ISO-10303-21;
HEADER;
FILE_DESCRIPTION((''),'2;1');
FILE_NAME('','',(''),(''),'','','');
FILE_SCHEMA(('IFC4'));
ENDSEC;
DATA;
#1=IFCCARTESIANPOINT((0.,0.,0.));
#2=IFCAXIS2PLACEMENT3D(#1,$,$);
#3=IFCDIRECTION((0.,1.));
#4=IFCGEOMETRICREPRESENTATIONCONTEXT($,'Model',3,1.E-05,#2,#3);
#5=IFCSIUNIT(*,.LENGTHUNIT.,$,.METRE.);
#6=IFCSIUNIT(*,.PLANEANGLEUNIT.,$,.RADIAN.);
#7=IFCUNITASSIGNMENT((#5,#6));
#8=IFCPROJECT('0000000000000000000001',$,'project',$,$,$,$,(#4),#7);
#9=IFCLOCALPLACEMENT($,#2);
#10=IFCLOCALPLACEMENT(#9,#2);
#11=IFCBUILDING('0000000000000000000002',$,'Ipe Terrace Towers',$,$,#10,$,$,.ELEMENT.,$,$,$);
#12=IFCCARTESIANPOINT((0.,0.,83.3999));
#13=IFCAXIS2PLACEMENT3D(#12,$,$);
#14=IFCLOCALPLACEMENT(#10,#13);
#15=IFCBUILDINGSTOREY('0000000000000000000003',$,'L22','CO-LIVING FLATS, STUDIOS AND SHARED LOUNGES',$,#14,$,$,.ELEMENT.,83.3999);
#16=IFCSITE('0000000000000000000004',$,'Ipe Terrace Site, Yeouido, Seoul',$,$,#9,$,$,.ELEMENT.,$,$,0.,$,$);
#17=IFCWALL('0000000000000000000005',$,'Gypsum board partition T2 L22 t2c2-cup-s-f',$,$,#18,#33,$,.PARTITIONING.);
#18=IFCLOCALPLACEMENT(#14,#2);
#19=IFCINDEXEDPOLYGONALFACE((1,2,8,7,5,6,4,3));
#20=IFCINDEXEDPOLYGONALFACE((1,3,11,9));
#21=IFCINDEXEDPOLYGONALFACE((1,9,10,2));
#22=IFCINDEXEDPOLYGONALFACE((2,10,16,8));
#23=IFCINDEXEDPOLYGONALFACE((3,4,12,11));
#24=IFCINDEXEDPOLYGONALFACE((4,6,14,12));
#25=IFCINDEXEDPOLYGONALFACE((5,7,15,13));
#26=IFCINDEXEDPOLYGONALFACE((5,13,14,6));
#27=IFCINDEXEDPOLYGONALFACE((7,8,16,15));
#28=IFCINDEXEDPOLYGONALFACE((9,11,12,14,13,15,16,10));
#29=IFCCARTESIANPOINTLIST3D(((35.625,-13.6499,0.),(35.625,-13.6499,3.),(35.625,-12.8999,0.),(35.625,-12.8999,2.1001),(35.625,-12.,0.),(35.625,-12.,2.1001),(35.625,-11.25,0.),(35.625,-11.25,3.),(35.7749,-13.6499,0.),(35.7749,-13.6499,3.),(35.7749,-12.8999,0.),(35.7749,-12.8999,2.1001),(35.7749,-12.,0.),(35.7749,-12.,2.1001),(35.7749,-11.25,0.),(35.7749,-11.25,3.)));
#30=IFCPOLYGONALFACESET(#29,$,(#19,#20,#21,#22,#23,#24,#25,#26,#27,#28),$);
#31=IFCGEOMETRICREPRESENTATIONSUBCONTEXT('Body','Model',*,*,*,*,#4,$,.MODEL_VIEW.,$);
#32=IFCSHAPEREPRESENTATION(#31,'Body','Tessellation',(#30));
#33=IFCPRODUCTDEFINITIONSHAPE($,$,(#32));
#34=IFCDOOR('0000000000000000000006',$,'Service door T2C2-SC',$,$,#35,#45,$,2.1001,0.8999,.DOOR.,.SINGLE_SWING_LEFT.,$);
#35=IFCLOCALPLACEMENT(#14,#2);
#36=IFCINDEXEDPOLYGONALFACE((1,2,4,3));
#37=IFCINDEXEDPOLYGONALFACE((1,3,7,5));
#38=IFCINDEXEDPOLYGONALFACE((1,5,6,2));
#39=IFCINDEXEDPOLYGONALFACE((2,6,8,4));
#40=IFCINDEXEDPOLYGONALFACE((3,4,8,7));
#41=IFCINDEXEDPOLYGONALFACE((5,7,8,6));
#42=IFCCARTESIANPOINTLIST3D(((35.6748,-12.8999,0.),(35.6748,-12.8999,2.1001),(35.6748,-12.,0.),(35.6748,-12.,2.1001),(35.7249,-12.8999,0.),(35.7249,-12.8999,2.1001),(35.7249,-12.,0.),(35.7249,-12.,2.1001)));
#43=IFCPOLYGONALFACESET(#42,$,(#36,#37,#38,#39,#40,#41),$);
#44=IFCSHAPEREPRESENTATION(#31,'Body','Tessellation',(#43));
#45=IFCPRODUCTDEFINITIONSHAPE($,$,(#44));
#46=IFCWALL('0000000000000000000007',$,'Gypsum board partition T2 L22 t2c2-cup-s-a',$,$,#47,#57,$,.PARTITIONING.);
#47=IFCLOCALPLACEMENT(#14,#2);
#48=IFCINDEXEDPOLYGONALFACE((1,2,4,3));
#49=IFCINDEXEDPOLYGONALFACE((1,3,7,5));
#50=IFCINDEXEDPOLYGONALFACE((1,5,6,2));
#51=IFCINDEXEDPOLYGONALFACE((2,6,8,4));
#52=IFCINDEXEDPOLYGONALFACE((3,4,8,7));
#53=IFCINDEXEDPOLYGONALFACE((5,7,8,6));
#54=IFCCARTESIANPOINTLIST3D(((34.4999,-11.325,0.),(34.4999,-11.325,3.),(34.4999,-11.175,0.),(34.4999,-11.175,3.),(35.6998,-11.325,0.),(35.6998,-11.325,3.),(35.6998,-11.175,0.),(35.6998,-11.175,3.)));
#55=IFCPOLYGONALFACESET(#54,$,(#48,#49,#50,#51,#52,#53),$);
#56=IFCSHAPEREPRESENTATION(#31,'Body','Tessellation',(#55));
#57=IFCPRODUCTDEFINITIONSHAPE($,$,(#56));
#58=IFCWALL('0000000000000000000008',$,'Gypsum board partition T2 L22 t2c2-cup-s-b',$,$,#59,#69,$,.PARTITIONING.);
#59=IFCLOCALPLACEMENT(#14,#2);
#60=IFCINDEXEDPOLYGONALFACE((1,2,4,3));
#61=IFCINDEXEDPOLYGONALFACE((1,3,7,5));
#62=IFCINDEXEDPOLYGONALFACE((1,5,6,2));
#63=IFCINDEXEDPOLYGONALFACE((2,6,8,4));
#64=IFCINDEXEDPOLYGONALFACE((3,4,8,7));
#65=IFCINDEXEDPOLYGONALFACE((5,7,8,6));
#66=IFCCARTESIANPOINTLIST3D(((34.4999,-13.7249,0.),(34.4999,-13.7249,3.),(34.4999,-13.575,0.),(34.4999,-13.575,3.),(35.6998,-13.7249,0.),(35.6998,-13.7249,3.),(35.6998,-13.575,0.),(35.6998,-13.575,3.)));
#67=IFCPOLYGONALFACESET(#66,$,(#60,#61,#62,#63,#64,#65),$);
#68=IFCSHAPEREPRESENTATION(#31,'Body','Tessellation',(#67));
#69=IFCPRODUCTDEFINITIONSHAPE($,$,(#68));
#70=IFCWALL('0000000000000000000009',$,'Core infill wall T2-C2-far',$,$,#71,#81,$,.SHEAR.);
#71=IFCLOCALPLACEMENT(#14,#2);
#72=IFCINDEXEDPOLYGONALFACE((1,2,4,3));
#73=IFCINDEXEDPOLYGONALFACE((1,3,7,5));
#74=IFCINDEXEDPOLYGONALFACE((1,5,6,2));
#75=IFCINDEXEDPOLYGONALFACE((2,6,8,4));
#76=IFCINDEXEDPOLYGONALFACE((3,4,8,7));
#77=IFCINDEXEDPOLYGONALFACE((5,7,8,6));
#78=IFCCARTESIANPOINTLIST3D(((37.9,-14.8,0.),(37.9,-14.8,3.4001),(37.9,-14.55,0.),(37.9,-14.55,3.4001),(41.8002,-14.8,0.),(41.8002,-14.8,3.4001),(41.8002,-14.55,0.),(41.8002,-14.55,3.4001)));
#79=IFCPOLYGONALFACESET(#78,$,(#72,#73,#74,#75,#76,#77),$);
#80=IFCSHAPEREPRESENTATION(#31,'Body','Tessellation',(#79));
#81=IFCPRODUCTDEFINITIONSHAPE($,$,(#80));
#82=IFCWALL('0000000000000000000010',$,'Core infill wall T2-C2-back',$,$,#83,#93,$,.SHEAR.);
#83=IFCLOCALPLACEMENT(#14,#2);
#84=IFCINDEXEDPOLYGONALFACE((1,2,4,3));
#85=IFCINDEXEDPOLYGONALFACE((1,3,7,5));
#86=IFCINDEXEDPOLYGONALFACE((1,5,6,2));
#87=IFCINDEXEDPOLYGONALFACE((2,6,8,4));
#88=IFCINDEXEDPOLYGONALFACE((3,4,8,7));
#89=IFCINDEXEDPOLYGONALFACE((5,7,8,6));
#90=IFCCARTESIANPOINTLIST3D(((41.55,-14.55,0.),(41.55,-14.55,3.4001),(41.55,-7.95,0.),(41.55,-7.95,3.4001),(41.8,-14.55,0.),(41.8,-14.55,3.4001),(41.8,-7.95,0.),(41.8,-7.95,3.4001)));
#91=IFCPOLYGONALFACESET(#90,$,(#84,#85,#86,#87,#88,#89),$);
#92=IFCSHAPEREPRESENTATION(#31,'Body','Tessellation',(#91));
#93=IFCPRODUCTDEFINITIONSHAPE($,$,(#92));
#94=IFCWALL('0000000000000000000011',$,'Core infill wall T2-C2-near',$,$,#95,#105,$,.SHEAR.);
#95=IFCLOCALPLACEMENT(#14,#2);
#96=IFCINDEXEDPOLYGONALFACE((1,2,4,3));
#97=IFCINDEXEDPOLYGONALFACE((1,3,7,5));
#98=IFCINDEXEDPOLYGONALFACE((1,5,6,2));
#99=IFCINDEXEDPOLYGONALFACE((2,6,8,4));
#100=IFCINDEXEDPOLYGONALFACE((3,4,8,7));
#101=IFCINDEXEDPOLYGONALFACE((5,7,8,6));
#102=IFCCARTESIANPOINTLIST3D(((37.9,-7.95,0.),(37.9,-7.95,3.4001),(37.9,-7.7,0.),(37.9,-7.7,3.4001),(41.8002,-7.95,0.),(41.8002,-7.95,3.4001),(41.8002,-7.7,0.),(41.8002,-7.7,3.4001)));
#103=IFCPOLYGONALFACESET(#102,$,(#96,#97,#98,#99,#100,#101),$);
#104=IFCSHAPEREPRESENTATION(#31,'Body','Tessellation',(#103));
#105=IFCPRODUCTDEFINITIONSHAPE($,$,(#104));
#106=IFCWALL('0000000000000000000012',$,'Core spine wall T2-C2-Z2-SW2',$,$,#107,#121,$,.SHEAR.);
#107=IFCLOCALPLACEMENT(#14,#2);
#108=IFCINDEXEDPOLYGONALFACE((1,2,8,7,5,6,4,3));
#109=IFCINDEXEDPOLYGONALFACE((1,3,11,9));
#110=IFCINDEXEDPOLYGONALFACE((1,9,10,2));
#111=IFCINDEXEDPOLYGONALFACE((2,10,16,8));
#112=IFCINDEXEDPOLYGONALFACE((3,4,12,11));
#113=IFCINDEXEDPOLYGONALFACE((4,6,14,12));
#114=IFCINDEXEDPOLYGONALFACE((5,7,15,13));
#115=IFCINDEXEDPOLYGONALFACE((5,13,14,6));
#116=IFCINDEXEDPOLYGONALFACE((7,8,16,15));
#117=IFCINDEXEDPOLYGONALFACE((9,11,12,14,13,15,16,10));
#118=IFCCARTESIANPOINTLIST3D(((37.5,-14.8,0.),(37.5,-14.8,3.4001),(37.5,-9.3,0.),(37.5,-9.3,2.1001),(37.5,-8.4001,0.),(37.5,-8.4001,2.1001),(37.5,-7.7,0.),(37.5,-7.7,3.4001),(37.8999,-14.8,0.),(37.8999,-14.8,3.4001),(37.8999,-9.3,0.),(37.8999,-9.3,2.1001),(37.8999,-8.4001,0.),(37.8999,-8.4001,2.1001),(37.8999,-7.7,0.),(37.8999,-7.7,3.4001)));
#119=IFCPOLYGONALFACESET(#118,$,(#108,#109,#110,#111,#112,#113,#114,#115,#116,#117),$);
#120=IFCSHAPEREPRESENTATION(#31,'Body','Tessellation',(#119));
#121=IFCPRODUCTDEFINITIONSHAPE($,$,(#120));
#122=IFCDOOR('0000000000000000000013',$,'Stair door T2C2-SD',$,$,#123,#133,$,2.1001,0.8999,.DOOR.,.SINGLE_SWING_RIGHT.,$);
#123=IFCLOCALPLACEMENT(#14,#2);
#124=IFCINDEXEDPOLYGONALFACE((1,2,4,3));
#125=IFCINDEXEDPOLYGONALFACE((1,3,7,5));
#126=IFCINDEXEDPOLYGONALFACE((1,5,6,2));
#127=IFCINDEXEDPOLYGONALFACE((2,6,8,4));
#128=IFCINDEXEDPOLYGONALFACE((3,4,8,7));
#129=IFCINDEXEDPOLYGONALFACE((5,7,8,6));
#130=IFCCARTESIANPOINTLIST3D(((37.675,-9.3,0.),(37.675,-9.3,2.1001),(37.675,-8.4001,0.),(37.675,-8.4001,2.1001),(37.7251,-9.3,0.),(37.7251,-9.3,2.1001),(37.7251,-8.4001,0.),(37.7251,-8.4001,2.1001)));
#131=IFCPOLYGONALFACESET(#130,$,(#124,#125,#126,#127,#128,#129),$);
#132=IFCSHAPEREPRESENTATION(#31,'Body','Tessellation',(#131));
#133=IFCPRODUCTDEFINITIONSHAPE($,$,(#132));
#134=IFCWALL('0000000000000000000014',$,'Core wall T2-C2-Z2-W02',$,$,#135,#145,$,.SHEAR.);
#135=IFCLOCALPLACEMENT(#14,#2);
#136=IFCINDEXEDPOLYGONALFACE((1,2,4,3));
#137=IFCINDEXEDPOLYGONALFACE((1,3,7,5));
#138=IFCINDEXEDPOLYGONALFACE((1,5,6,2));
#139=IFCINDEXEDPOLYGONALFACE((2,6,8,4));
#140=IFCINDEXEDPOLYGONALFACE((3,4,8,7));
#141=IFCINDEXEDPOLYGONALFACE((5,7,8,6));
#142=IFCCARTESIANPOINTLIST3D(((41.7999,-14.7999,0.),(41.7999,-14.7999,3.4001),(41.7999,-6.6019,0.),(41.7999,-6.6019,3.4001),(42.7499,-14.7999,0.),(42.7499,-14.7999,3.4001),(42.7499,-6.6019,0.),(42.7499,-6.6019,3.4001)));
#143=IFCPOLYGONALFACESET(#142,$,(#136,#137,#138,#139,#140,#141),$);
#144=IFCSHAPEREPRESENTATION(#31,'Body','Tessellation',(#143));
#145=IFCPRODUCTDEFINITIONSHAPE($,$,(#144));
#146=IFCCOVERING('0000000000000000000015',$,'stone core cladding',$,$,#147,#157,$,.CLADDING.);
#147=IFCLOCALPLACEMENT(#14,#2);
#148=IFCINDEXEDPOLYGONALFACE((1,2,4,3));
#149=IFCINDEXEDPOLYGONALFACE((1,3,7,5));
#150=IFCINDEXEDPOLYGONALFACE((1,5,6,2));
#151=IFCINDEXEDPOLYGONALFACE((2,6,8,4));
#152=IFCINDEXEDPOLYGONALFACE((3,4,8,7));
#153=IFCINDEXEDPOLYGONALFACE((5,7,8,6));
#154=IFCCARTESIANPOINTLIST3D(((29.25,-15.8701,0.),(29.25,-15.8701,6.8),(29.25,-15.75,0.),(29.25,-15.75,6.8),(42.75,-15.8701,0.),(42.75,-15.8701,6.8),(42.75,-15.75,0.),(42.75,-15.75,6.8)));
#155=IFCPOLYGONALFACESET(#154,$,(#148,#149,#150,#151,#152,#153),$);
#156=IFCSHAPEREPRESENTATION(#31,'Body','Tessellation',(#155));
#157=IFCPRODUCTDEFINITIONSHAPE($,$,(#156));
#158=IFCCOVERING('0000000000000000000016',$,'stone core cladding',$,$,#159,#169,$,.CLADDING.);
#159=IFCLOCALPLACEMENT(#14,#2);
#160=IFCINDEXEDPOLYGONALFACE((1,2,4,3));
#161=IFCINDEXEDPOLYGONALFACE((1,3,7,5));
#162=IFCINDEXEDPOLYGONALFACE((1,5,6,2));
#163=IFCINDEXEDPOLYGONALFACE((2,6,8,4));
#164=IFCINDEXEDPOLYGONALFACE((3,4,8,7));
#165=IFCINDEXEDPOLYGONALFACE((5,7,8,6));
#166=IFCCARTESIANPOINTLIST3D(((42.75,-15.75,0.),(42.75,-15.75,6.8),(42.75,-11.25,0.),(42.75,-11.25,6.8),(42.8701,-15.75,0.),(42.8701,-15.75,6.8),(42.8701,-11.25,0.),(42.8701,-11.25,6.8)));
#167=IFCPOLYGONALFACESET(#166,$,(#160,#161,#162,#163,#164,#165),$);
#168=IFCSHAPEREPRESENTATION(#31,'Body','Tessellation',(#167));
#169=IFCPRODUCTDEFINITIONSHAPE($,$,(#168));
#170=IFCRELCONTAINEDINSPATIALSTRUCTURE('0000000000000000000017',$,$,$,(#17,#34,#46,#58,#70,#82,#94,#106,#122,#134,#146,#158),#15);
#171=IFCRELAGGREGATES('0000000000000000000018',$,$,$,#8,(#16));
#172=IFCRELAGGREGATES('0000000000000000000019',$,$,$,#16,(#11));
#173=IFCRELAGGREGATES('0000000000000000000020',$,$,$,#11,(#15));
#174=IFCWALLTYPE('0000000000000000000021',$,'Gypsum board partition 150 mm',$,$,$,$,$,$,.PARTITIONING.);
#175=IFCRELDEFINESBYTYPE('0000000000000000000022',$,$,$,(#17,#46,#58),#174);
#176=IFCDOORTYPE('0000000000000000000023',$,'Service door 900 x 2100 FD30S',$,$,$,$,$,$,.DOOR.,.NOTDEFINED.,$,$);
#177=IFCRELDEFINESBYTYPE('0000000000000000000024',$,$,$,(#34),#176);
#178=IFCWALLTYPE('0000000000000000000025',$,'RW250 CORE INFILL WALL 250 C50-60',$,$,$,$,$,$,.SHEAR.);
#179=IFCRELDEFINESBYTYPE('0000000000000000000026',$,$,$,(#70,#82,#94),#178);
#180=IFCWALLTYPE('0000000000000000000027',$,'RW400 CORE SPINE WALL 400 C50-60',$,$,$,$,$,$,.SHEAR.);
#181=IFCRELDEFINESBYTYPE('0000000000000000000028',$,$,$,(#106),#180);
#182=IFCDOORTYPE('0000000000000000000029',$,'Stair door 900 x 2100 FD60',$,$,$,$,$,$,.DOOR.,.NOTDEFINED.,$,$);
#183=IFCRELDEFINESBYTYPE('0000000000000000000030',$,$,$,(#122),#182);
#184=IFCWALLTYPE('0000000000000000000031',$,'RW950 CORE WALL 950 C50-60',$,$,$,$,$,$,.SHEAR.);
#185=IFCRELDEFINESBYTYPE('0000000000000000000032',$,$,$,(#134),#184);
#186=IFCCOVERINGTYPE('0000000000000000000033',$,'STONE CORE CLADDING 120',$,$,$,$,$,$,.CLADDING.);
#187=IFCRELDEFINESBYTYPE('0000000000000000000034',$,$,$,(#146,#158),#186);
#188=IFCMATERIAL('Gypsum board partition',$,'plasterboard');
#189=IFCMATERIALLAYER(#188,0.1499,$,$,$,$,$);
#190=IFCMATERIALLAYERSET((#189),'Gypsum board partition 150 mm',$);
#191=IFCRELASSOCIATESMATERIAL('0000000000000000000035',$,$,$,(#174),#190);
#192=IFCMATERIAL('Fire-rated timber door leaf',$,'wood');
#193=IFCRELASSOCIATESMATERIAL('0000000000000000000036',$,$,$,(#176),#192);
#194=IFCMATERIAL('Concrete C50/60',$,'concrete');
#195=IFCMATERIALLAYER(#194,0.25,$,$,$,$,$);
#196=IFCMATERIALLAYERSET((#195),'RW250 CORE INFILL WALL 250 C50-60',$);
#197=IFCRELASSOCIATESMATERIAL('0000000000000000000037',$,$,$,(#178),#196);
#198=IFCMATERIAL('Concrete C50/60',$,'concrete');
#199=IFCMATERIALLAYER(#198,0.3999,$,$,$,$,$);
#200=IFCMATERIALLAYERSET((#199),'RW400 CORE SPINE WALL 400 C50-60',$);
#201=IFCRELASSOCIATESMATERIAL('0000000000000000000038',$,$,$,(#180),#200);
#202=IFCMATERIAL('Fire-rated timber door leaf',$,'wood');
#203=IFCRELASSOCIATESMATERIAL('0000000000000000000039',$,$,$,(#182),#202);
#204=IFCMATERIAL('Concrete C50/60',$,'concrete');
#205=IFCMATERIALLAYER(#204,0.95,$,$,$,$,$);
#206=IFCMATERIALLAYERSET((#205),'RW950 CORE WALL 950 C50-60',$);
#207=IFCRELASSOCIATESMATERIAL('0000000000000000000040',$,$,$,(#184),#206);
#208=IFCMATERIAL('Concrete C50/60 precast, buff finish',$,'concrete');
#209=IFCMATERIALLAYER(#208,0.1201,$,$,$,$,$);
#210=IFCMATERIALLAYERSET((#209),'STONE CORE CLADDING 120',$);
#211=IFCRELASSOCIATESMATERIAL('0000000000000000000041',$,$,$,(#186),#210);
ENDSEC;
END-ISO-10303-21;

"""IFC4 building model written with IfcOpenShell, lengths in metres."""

from ifc_helpers import new_model, si_unit, direction, frame, frame_2d, origin, origin_2d, place, context, subcontext, project, spatial, rectangle, extrude, material, layer, layer_set, type_object, element, fill, save


model = new_model("IFC4")

# Units and contexts
model_context = context("Model", 3, precision=1e-05, world=origin(), true_north=direction((0.0, 1.0)))
body_context = subcontext(model_context, "Body", "Model", "MODEL_VIEW")
ifc_project = project(units=[si_unit("LENGTHUNIT", "METRE"), si_unit("PLANEANGLEUNIT", "RADIAN")], contexts=[model_context])

# Site, building, storey
site_placement = place(None, origin())
site = spatial("IfcSite", under=ifc_project, at=site_placement, Name="Ipe Terrace Site, Yeouido, Seoul", CompositionType="ELEMENT", RefElevation=0.0)
building_placement = place(site_placement, origin())
building = spatial("IfcBuilding", under=site, at=building_placement, Name="Ipe Terrace Towers", CompositionType="ELEMENT")
storey_placement = place(building_placement, frame((0.0, 0.0, 83.3999)))
storey = spatial("IfcBuildingStorey", under=building, at=storey_placement, Name="L22", Description="CO-LIVING FLATS, STUDIOS AND SHARED LOUNGES", CompositionType="ELEMENT", Elevation=83.3999)

# Wall, opening, door
ifc_material_1 = material(Name="Gypsum board partition", Category="plasterboard")
ifc_layer_1 = layer(ifc_material_1, 0.1499)
ifc_layer_set_1 = layer_set([ifc_layer_1], Name="Gypsum board partition 150 mm")
wall_type_1 = type_object("IfcWallType", Name="Gypsum board partition 150 mm", PredefinedType="PARTITIONING", material=ifc_layer_set_1)
wall_1_placement = place(storey_placement, frame((35.7, -11.25, 0.0), z_axis=(0.0, 0.0, 1.0), x_axis=(0.0, -1.0, 0.0)))
wall_1 = element("IfcWall", 1, at=wall_1_placement, inside=storey, type_object=wall_type_1, Name="Gypsum board partition T2 L22 t2c2-cup-s-f", PredefinedType="PARTITIONING", context=body_context, shape_type="SweptSolid", body=[
    extrude(rectangle(XDim=2.3999, YDim=0.1499, at=frame_2d((1.2, 0.0))), origin(), (0.0, 0.0, 1.0), 3.0),
])
opening_1_placement = place(wall_1_placement, frame((0.75, 0.0, 0.0)))
opening_1 = element("IfcOpeningElement", 2, at=opening_1_placement, cuts=wall_1, PredefinedType="OPENING", context=body_context, shape_type="SweptSolid", body=[
    extrude(rectangle(XDim=0.8999, YDim=2.1001, at=frame_2d((0.45, 1.05))), frame((0.0, 0.085, 0.0), z_axis=(0.0, -1.0, 0.0), x_axis=(1.0, 0.0, 0.0)), (0.0, 0.0, 1.0), 0.1699),
])
ifc_material_2 = material(Name="Fire-rated timber door leaf", Category="wood")
door_type_1 = type_object("IfcDoorType", Name="Service door 900 x 2100 FD30S", OperationType="NOTDEFINED", PredefinedType="DOOR", material=ifc_material_2)
door_1_placement = place(opening_1_placement, origin())
door_1 = element("IfcDoor", 3, at=door_1_placement, inside=storey, type_object=door_type_1, Name="Service door T2C2-SC", OperationType="SINGLE_SWING_LEFT", OverallHeight=2.1001, OverallWidth=0.8999, PredefinedType="DOOR", context=body_context, shape_type="SweptSolid", body=[
    extrude(rectangle(XDim=0.8999, YDim=2.1001, at=frame_2d((0.45, 1.05))), frame((0.0, 0.0249, 0.0), z_axis=(0.0, -1.0, 0.0), x_axis=(1.0, 0.0, 0.0)), (0.0, 0.0, 1.0), 0.05),
])
fill(opening_1, door_1)

# Walls
for number, where, z_axis, x_axis, name in (
    (4, (35.7, -11.25, 0.0), (0.0, 0.0, 1.0), (-1.0, 0.0, 0.0), "Gypsum board partition T2 L22 t2c2-cup-s-a"),
    (5, (35.7, -13.6499, 0.0), (0.0, 0.0, 1.0), (-1.0, 0.0, 0.0), "Gypsum board partition T2 L22 t2c2-cup-s-b"),
):
    element("IfcWall", number, at=place(storey_placement, frame(where, z_axis=z_axis, x_axis=x_axis)), inside=storey, type_object=wall_type_1, Name=name, PredefinedType="PARTITIONING", context=body_context, shape_type="SweptSolid", body=[
        extrude(rectangle(XDim=1.2, YDim=0.1499, at=frame_2d((0.6001, 0.0))), origin(), (0.0, 0.0, 1.0), 3.0),
    ])
ifc_material_3 = material(Name="Concrete C50/60", Category="concrete")
ifc_layer_2 = layer(ifc_material_3, 0.25)
ifc_layer_set_2 = layer_set([ifc_layer_2], Name="RW250 CORE INFILL WALL 250 C50-60")
wall_type_2 = type_object("IfcWallType", Name="RW250 CORE INFILL WALL 250 C50-60", PredefinedType="SHEAR", material=ifc_layer_set_2)
wall_2_placement = place(storey_placement, frame((37.8999, -14.675, 0.0), z_axis=(0.0, 0.0, 1.0), x_axis=(1.0, 0.0, 0.0)))
element("IfcWall", 6, at=wall_2_placement, inside=storey, type_object=wall_type_2, Name="Core infill wall T2-C2-far", PredefinedType="SHEAR", context=body_context, shape_type="SweptSolid", body=[
    extrude(rectangle(XDim=3.9001, YDim=0.25, at=frame_2d((1.9502, 0.0))), origin(), (0.0, 0.0, 1.0), 3.4001),
])
wall_3_placement = place(storey_placement, frame((41.675, -7.95, 0.0), z_axis=(0.0, 0.0, 1.0), x_axis=(0.0, -1.0, 0.0)))
element("IfcWall", 7, at=wall_3_placement, inside=storey, type_object=wall_type_2, Name="Core infill wall T2-C2-back", PredefinedType="SHEAR", context=body_context, shape_type="SweptSolid", body=[
    extrude(rectangle(XDim=6.6001, YDim=0.25, at=frame_2d((3.3, 0.0))), origin(), (0.0, 0.0, 1.0), 3.4001),
])
wall_4_placement = place(storey_placement, frame((37.8999, -7.825, 0.0), z_axis=(0.0, 0.0, 1.0), x_axis=(1.0, 0.0, 0.0)))
element("IfcWall", 8, at=wall_4_placement, inside=storey, type_object=wall_type_2, Name="Core infill wall T2-C2-near", PredefinedType="SHEAR", context=body_context, shape_type="SweptSolid", body=[
    extrude(rectangle(XDim=3.9001, YDim=0.25, at=frame_2d((1.9502, 0.0))), origin(), (0.0, 0.0, 1.0), 3.4001),
])

# Wall, opening, door
ifc_material_4 = material(Name="Concrete C50/60", Category="concrete")
ifc_layer_3 = layer(ifc_material_4, 0.3999)
ifc_layer_set_3 = layer_set([ifc_layer_3], Name="RW400 CORE SPINE WALL 400 C50-60")
wall_type_3 = type_object("IfcWallType", Name="RW400 CORE SPINE WALL 400 C50-60", PredefinedType="SHEAR", material=ifc_layer_set_3)
wall_5_placement = place(storey_placement, frame((37.7, -14.8, 0.0), z_axis=(0.0, 0.0, 1.0), x_axis=(0.0, 1.0, 0.0)))
wall_5 = element("IfcWall", 9, at=wall_5_placement, inside=storey, type_object=wall_type_3, Name="Core spine wall T2-C2-Z2-SW2", PredefinedType="SHEAR", context=body_context, shape_type="SweptSolid", body=[
    extrude(rectangle(XDim=7.1001, YDim=0.3999, at=frame_2d((3.55, 0.0))), origin(), (0.0, 0.0, 1.0), 3.4001),
])
opening_2_placement = place(wall_5_placement, frame((5.5, 0.0, 0.0)))
opening_2 = element("IfcOpeningElement", 10, at=opening_2_placement, cuts=wall_5, PredefinedType="OPENING", context=body_context, shape_type="SweptSolid", body=[
    extrude(rectangle(XDim=0.8999, YDim=2.1001, at=frame_2d((0.45, 1.05))), frame((0.0, 0.21, 0.0), z_axis=(0.0, -1.0, 0.0), x_axis=(1.0, 0.0, 0.0)), (0.0, 0.0, 1.0), 0.4199),
])
ifc_material_5 = material(Name="Fire-rated timber door leaf", Category="wood")
door_type_2 = type_object("IfcDoorType", Name="Stair door 900 x 2100 FD60", OperationType="NOTDEFINED", PredefinedType="DOOR", material=ifc_material_5)
door_2_placement = place(opening_2_placement, origin())
door_2 = element("IfcDoor", 11, at=door_2_placement, inside=storey, type_object=door_type_2, Name="Stair door T2C2-SD", OperationType="SINGLE_SWING_RIGHT", OverallHeight=2.1001, OverallWidth=0.8999, PredefinedType="DOOR", context=body_context, shape_type="SweptSolid", body=[
    extrude(rectangle(XDim=0.8999, YDim=2.1001, at=frame_2d((0.45, 1.05))), frame((0.0, 0.0249, 0.0), z_axis=(0.0, -1.0, 0.0), x_axis=(1.0, 0.0, 0.0)), (0.0, 0.0, 1.0), 0.05),
])
fill(opening_2, door_2)

# Wall
ifc_material_6 = material(Name="Concrete C50/60", Category="concrete")
ifc_layer_4 = layer(ifc_material_6, 0.95)
ifc_layer_set_4 = layer_set([ifc_layer_4], Name="RW950 CORE WALL 950 C50-60")
wall_type_4 = type_object("IfcWallType", Name="RW950 CORE WALL 950 C50-60", PredefinedType="SHEAR", material=ifc_layer_set_4)
wall_6_placement = place(storey_placement, frame((42.2749, -14.8, 0.0), z_axis=(0.0, 0.0, 1.0), x_axis=(0.0, 1.0, 0.0)))
element("IfcWall", 12, at=wall_6_placement, inside=storey, type_object=wall_type_4, Name="Core wall T2-C2-Z2-W02", PredefinedType="SHEAR", context=body_context, shape_type="SweptSolid", body=[
    extrude(rectangle(XDim=8.198, YDim=0.95, at=frame_2d((4.0991, 0.0))), origin(), (0.0, 0.0, 1.0), 3.4001),
])

# Coverings
ifc_material_7 = material(Name="Concrete C50/60 precast, buff finish", Category="concrete")
ifc_layer_5 = layer(ifc_material_7, 0.1201)
ifc_layer_set_5 = layer_set([ifc_layer_5], Name="STONE CORE CLADDING 120")
covering_type = type_object("IfcCoveringType", Name="STONE CORE CLADDING 120", PredefinedType="CLADDING", material=ifc_layer_set_5)
covering_1_placement = place(storey_placement, frame((36.0, -15.8101, 0.0), z_axis=(0.0, 0.0, 1.0), x_axis=(1.0, 0.0, 0.0)))
element("IfcCovering", 13, at=covering_1_placement, inside=storey, type_object=covering_type, Name="stone core cladding", PredefinedType="CLADDING", context=body_context, shape_type="SweptSolid", body=[
    extrude(rectangle(XDim=13.5, YDim=0.1201, at=origin_2d()), origin(), (0.0, 0.0, 1.0), 6.8),
])
covering_2_placement = place(storey_placement, frame((42.8101, -13.5, 0.0), z_axis=(0.0, 0.0, 1.0), x_axis=(0.0, 1.0, 0.0)))
element("IfcCovering", 14, at=covering_2_placement, inside=storey, type_object=covering_type, Name="stone core cladding", PredefinedType="CLADDING", context=body_context, shape_type="SweptSolid", body=[
    extrude(rectangle(XDim=4.5, YDim=0.1201, at=origin_2d()), origin(), (0.0, 0.0, 1.0), 6.8),
])

save(model, "model.ifc")
